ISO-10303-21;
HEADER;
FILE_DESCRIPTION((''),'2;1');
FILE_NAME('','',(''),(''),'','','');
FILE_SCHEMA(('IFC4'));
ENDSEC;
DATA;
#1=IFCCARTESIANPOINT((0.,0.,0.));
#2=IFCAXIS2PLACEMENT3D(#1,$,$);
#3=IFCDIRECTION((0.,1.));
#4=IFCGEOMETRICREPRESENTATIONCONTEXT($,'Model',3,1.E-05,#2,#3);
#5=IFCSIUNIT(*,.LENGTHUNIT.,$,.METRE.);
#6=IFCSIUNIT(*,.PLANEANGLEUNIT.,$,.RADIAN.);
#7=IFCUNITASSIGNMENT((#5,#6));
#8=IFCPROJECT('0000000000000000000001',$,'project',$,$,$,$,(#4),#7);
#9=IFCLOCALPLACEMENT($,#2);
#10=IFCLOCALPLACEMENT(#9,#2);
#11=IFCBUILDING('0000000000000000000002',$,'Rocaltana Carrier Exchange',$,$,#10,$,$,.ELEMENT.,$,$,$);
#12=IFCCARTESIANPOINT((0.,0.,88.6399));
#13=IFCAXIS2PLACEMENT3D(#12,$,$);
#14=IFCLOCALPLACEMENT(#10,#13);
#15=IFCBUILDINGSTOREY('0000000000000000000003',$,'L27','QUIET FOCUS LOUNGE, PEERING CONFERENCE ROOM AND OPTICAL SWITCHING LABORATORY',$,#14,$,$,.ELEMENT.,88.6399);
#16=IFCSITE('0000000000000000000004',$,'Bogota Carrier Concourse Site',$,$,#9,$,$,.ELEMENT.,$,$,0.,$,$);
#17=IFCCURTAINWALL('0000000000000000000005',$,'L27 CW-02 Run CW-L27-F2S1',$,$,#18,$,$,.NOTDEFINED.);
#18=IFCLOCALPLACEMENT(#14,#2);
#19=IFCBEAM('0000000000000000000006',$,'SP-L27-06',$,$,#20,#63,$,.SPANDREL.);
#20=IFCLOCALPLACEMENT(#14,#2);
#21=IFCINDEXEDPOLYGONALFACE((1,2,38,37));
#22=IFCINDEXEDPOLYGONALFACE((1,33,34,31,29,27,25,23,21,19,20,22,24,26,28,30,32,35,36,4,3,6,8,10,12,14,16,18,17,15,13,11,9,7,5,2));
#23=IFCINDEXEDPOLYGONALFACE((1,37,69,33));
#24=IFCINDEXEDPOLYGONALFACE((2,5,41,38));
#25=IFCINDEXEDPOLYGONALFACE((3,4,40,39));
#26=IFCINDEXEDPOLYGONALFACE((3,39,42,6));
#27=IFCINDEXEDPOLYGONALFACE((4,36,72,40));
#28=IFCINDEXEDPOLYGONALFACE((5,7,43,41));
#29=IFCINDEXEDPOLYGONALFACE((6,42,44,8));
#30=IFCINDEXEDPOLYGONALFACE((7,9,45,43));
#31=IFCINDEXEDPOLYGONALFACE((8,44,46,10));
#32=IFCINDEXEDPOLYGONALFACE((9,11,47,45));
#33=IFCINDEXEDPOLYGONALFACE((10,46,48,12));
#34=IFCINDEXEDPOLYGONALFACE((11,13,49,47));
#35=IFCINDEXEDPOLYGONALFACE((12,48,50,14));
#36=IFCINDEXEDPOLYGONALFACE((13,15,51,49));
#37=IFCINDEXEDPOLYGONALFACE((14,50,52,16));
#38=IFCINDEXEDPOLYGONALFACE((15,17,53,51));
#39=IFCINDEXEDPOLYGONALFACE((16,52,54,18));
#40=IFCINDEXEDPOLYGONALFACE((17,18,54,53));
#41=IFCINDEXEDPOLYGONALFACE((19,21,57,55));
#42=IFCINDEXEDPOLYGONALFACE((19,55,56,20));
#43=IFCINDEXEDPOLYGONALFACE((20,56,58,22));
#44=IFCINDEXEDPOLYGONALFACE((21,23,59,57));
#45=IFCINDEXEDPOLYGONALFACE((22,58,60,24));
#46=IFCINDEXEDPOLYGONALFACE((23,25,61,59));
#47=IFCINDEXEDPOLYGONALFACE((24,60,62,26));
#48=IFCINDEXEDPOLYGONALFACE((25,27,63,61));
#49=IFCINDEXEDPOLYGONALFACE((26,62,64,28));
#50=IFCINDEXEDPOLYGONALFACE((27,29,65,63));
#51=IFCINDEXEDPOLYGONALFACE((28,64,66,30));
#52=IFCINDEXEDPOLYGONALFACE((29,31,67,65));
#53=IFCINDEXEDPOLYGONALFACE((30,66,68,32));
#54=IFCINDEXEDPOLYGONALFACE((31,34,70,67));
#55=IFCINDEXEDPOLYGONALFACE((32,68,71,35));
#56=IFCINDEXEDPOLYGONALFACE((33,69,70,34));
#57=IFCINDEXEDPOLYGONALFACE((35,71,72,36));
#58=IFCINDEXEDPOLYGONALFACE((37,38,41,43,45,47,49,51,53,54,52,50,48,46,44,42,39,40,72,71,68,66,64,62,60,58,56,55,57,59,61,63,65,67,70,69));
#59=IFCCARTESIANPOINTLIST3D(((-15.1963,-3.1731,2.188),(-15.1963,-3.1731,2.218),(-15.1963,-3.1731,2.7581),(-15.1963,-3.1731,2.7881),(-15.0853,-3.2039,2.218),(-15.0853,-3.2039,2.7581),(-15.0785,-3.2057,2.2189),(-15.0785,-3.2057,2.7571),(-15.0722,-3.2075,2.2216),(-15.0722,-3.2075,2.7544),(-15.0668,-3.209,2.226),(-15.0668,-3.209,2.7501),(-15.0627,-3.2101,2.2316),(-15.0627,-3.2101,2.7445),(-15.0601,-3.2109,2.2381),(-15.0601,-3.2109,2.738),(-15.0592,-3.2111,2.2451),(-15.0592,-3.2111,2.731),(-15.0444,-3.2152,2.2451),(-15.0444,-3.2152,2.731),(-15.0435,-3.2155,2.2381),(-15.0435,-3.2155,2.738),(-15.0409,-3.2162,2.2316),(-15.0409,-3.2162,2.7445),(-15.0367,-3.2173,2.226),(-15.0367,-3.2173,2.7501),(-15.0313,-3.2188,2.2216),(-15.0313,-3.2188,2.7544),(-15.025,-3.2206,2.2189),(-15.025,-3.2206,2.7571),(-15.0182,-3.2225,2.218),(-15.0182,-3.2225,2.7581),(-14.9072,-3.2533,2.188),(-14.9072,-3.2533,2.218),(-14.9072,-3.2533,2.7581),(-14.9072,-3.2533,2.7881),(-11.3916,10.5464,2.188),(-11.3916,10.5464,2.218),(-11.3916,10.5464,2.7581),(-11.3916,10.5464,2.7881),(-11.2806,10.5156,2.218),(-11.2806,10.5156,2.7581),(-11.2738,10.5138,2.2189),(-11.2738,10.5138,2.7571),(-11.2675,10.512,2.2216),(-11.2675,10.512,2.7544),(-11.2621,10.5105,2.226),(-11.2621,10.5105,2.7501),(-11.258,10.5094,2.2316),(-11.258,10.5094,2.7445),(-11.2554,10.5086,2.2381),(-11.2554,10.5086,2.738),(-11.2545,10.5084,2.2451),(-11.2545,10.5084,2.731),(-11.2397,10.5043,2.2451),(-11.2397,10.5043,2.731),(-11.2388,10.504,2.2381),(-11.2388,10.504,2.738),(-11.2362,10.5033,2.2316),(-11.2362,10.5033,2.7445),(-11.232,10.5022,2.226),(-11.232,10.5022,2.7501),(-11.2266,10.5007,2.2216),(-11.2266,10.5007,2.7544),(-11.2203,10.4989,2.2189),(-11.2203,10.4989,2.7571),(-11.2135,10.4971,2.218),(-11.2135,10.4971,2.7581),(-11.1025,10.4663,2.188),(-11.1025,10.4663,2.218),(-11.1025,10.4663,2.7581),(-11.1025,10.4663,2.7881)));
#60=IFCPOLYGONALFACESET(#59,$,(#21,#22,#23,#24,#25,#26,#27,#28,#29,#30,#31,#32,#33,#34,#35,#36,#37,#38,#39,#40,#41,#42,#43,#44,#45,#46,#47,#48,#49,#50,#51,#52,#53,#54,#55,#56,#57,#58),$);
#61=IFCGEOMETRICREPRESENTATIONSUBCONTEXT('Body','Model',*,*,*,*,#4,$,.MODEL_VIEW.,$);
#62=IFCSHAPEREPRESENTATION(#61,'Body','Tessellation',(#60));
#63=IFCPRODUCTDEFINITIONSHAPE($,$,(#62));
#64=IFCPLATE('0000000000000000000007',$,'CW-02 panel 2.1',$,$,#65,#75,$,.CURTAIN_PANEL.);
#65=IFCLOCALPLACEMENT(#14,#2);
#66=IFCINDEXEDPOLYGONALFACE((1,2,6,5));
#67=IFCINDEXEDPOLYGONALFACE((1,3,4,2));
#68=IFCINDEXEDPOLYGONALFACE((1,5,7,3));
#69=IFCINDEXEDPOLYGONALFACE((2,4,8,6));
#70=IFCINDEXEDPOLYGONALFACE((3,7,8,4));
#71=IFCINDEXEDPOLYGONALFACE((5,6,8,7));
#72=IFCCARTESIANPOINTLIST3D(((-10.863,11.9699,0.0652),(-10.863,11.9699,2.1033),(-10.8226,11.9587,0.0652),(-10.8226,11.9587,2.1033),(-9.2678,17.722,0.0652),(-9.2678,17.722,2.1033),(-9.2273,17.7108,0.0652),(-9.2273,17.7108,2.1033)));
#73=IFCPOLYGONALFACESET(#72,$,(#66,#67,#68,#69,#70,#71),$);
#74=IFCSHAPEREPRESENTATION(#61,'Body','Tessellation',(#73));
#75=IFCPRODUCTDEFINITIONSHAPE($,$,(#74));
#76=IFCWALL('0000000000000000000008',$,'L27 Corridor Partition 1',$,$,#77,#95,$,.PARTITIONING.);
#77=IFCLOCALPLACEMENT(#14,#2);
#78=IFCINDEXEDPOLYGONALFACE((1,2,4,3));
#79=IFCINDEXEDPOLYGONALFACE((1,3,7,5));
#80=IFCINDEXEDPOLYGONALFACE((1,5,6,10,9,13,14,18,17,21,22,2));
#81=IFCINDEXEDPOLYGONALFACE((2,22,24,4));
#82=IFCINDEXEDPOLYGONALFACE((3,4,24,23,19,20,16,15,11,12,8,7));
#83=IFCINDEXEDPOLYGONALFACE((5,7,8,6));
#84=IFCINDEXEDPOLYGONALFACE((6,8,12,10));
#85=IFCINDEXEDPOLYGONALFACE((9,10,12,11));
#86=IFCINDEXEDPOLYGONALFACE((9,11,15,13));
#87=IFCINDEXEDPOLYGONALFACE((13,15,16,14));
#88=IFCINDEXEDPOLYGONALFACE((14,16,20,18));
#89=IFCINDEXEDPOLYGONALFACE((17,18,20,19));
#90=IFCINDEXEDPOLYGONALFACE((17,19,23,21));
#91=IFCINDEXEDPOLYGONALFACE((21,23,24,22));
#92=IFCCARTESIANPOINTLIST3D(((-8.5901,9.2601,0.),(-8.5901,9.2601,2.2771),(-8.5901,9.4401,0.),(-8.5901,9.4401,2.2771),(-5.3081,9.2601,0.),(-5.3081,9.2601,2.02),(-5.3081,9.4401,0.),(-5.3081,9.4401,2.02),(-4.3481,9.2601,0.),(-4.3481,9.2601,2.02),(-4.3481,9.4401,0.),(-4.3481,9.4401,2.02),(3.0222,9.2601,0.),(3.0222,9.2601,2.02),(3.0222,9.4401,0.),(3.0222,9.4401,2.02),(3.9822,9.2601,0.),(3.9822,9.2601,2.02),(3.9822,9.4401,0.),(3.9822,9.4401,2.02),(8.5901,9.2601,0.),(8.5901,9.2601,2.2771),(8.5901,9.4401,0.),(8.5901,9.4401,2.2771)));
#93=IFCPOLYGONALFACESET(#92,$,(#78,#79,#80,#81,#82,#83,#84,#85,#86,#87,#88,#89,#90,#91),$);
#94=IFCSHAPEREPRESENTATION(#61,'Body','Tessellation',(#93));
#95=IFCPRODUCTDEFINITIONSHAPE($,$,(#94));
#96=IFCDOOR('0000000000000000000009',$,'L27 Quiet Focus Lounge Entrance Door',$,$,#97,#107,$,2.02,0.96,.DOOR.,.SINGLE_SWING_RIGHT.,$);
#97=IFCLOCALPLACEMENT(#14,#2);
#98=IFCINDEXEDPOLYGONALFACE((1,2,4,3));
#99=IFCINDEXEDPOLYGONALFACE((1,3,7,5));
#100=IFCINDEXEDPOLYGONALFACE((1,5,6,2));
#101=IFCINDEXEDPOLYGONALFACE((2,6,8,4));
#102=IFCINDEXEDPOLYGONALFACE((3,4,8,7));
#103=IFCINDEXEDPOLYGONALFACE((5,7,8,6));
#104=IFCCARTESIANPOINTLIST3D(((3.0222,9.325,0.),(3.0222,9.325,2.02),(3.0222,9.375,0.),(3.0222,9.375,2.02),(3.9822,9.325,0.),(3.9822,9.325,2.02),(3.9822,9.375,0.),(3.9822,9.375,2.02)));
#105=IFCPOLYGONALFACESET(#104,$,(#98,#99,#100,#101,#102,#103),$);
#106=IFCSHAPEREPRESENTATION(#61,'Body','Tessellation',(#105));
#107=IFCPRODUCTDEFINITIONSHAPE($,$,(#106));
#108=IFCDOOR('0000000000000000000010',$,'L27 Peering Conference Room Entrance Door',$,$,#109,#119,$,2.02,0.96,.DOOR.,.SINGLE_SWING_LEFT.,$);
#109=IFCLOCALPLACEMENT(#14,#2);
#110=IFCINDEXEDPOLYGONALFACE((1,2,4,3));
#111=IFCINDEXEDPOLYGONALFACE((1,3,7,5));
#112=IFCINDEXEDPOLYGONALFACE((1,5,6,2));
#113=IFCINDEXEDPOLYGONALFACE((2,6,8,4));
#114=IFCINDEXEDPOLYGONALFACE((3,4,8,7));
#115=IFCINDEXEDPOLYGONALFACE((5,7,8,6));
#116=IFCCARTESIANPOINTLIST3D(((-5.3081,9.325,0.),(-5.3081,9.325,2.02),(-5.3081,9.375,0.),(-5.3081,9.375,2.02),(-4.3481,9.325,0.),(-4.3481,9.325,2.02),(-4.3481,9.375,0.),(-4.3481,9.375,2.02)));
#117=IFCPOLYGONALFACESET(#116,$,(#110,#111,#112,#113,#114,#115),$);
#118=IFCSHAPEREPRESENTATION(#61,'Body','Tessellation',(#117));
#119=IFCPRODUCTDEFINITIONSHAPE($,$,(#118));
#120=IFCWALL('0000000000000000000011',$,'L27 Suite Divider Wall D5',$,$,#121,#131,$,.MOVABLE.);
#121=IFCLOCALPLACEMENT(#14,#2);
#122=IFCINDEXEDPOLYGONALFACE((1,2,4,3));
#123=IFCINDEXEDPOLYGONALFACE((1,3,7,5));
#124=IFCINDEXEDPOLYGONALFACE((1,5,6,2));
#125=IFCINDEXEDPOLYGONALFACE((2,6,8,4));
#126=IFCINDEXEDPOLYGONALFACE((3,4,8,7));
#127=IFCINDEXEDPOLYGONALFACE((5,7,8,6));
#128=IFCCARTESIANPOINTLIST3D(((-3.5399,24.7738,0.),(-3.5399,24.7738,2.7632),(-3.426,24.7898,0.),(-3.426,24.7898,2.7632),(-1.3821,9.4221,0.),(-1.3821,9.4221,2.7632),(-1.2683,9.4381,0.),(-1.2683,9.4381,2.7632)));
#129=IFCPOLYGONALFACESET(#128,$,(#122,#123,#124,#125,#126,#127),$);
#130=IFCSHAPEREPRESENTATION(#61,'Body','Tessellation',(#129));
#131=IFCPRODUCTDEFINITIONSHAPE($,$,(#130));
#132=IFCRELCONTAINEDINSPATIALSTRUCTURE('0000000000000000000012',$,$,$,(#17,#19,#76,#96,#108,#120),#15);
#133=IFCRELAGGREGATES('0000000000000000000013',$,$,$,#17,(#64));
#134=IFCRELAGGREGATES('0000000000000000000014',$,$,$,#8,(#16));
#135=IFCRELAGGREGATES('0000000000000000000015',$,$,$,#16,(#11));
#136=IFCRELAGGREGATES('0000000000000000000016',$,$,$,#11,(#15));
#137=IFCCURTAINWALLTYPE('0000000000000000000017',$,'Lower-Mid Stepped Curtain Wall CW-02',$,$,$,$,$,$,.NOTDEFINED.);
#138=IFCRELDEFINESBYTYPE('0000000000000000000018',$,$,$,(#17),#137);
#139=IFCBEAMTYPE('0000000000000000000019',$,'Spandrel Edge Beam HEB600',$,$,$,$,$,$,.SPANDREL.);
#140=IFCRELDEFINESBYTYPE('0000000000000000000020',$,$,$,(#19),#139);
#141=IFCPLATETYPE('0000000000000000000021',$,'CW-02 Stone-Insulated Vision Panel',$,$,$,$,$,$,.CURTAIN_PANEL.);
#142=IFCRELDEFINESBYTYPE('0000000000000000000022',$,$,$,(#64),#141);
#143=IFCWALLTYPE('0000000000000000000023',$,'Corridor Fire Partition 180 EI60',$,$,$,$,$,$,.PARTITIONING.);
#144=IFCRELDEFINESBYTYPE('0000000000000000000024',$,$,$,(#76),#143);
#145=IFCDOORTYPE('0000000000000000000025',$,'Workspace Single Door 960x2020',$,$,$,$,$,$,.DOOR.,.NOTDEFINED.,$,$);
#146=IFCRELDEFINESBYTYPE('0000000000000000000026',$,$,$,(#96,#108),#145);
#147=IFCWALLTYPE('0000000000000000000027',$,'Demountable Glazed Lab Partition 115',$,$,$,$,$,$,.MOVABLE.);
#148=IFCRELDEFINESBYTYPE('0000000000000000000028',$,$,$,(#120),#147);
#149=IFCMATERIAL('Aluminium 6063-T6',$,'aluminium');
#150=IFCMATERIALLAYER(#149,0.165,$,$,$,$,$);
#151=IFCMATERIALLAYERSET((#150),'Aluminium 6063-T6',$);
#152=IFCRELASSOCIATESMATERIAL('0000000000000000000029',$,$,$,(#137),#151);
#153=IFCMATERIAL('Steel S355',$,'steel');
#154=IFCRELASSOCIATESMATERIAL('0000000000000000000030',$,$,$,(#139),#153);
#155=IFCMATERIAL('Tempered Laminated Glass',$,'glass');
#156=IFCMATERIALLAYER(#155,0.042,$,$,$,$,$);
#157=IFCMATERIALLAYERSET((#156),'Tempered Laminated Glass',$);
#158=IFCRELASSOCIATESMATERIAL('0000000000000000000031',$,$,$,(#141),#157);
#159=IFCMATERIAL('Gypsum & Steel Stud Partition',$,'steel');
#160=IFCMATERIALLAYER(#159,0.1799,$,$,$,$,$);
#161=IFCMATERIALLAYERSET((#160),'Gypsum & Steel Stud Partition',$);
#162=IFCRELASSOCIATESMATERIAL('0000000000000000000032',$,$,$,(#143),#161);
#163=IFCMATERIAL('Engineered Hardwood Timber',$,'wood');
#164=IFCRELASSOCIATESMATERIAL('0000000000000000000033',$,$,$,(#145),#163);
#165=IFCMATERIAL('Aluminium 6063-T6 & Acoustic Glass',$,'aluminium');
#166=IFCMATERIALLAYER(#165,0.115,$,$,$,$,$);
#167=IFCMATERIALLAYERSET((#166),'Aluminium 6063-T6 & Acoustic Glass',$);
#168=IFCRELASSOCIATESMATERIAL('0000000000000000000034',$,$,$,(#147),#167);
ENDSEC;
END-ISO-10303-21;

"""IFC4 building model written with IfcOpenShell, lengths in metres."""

from ifc_helpers import new_model, si_unit, direction, frame, frame_2d, origin, origin_2d, place, context, subcontext, project, spatial, rectangle, i_section, extrude, material, layer, layer_set, material_profile, profile_set, type_object, element, fill, aggregate, save


model = new_model("IFC4")

# Units and contexts
model_context = context("Model", 3, precision=1e-05, world=origin(), true_north=direction((0.0, 1.0)))
body_context = subcontext(model_context, "Body", "Model", "MODEL_VIEW")
ifc_project = project(units=[si_unit("LENGTHUNIT", "METRE"), si_unit("PLANEANGLEUNIT", "RADIAN")], contexts=[model_context])

# Site, building, storey
site_placement = place(None, origin())
site = spatial("IfcSite", under=ifc_project, at=site_placement, Name="Bogota Carrier Concourse Site", CompositionType="ELEMENT", RefElevation=0.0)
building_placement = place(site_placement, origin())
building = spatial("IfcBuilding", under=site, at=building_placement, Name="Rocaltana Carrier Exchange", CompositionType="ELEMENT")
storey_placement = place(building_placement, frame((0.0, 0.0, 88.6399)))
storey = spatial("IfcBuildingStorey", under=building, at=storey_placement, Name="L27", Description="QUIET FOCUS LOUNGE, PEERING CONFERENCE ROOM AND OPTICAL SWITCHING LABORATORY", CompositionType="ELEMENT", Elevation=88.6399)

# Curtain wall
ifc_material_1 = material(Name="Aluminium 6063-T6", Category="aluminium")
ifc_layer_1 = layer(ifc_material_1, 0.165)
ifc_layer_set_1 = layer_set([ifc_layer_1], Name="Aluminium 6063-T6")
curtain_wall_type = type_object("IfcCurtainWallType", Name="Lower-Mid Stepped Curtain Wall CW-02", PredefinedType="NOTDEFINED", material=ifc_layer_set_1)
curtain_wall_1_placement = place(storey_placement, origin())
curtain_wall_1 = element("IfcCurtainWall", 1, at=curtain_wall_1_placement, inside=storey, type_object=curtain_wall_type, Name="L27 CW-02 Run CW-L27-F2S1", PredefinedType="NOTDEFINED")

# Beam
ifc_material_2 = material(Name="Steel S355", Category="steel")
ifc_material_profile_1 = material_profile(ifc_material_2, i_section(OverallWidth=0.3, OverallDepth=0.6001, WebThickness=0.0154, FlangeThickness=0.03, FilletRadius=0.0271, at=origin_2d()), Name="HEB600")
ifc_profile_set_1 = profile_set([ifc_material_profile_1], Name="Steel S355")
beam_type_1 = type_object("IfcBeamType", Name="Spandrel Edge Beam HEB600", PredefinedType="SPANDREL", material=ifc_profile_set_1)
beam_1_placement = place(storey_placement, frame((-11.2471, 10.5063, 2.488), z_axis=(-0.267234, -0.963632, 0.0), x_axis=(0.963632, -0.267234, 0.0)))
element("IfcBeam", 2, at=beam_1_placement, inside=storey, type_object=beam_type_1, Name="SP-L27-06", PredefinedType="SPANDREL", context=body_context, shape_type="SweptSolid", body=[
    extrude(i_section(OverallWidth=0.3, OverallDepth=0.6001, WebThickness=0.0154, FlangeThickness=0.03, FilletRadius=0.0271, at=origin_2d()), origin(), (0.0, 0.0, 1.0), 14.2373),
])

# Plate
ifc_material_3 = material(Name="Tempered Laminated Glass", Category="glass")
ifc_layer_2 = layer(ifc_material_3, 0.042)
ifc_layer_set_2 = layer_set([ifc_layer_2], Name="Tempered Laminated Glass")
plate_type = type_object("IfcPlateType", Name="CW-02 Stone-Insulated Vision Panel", PredefinedType="CURTAIN_PANEL", material=ifc_layer_set_2)
plate_placement = place(storey_placement, frame((-10.0452, 14.8403, 0.0652), z_axis=(0.0, 0.0, 1.0), x_axis=(-0.267246, -0.963628, 0.0)))
plate = element("IfcPlate", 3, at=plate_placement, type_object=plate_type, Name="CW-02 panel 2.1", PredefinedType="CURTAIN_PANEL", context=body_context, shape_type="SweptSolid", body=[
    extrude(rectangle(XDim=5.9692, YDim=0.042, at=origin_2d()), origin(), (0.0, 0.0, 1.0), 2.0381),
])
aggregate(curtain_wall_1, [plate])

# Wall, openings, doors
ifc_material_4 = material(Name="Gypsum & Steel Stud Partition", Category="steel")
ifc_layer_3 = layer(ifc_material_4, 0.1799)
ifc_layer_set_3 = layer_set([ifc_layer_3], Name="Gypsum & Steel Stud Partition")
wall_type_1 = type_object("IfcWallType", Name="Corridor Fire Partition 180 EI60", PredefinedType="PARTITIONING", material=ifc_layer_set_3)
wall_1_placement = place(storey_placement, frame((-8.5901, 9.3501, 0.0), z_axis=(0.0, 0.0, 1.0), x_axis=(1.0, 0.0, 0.0)))
wall_1 = element("IfcWall", 4, at=wall_1_placement, inside=storey, type_object=wall_type_1, Name="L27 Corridor Partition 1", PredefinedType="PARTITIONING", context=body_context, shape_type="SweptSolid", body=[
    extrude(rectangle(XDim=17.1802, YDim=0.1799, at=frame_2d((8.5901, 0.0))), origin(), (0.0, 0.0, 1.0), 2.2771),
])
opening_1_placement = place(wall_1_placement, frame((11.6123, 0.0, 0.0)))
opening_1 = element("IfcOpeningElement", 5, at=opening_1_placement, cuts=wall_1, PredefinedType="OPENING", context=body_context, shape_type="SweptSolid", body=[
    extrude(rectangle(XDim=0.96, YDim=2.02, at=frame_2d((0.48, 1.01))), frame((0.0, 0.0999, 0.0), z_axis=(0.0, -1.0, 0.0), x_axis=(1.0, 0.0, 0.0)), (0.0, 0.0, 1.0), 0.2),
])
opening_2_placement = place(wall_1_placement, frame((3.282, 0.0, 0.0)))
opening_2 = element("IfcOpeningElement", 6, at=opening_2_placement, cuts=wall_1, PredefinedType="OPENING", context=body_context, shape_type="SweptSolid", body=[
    extrude(rectangle(XDim=0.96, YDim=2.02, at=frame_2d((0.48, 1.01))), frame((0.0, 0.0999, 0.0), z_axis=(0.0, -1.0, 0.0), x_axis=(1.0, 0.0, 0.0)), (0.0, 0.0, 1.0), 0.2),
])
ifc_material_5 = material(Name="Engineered Hardwood Timber", Category="wood")
door_type_1 = type_object("IfcDoorType", Name="Workspace Single Door 960x2020", OperationType="NOTDEFINED", PredefinedType="DOOR", material=ifc_material_5)
door_1_placement = place(opening_1_placement, origin())
door_1 = element("IfcDoor", 7, at=door_1_placement, inside=storey, type_object=door_type_1, Name="L27 Quiet Focus Lounge Entrance Door", OperationType="SINGLE_SWING_RIGHT", OverallHeight=2.02, OverallWidth=0.96, PredefinedType="DOOR", context=body_context, shape_type="SweptSolid", body=[
    extrude(rectangle(XDim=0.96, YDim=2.02, at=frame_2d((0.48, 1.01))), frame((0.0, 0.0249, 0.0), z_axis=(0.0, -1.0, 0.0), x_axis=(1.0, 0.0, 0.0)), (0.0, 0.0, 1.0), 0.05),
])
fill(opening_1, door_1)
door_2_placement = place(opening_2_placement, origin())
door_2 = element("IfcDoor", 8, at=door_2_placement, inside=storey, type_object=door_type_1, Name="L27 Peering Conference Room Entrance Door", OperationType="SINGLE_SWING_LEFT", OverallHeight=2.02, OverallWidth=0.96, PredefinedType="DOOR", context=body_context, shape_type="SweptSolid", body=[
    extrude(rectangle(XDim=0.96, YDim=2.02, at=frame_2d((0.48, 1.01))), frame((0.0, 0.0249, 0.0), z_axis=(0.0, -1.0, 0.0), x_axis=(1.0, 0.0, 0.0)), (0.0, 0.0, 1.0), 0.05),
])
fill(opening_2, door_2)

# Wall
ifc_material_6 = material(Name="Aluminium 6063-T6 & Acoustic Glass", Category="aluminium")
ifc_layer_4 = layer(ifc_material_6, 0.115)
ifc_layer_set_4 = layer_set([ifc_layer_4], Name="Aluminium 6063-T6 & Acoustic Glass")
wall_type_2 = type_object("IfcWallType", Name="Demountable Glazed Lab Partition 115", PredefinedType="MOVABLE", material=ifc_layer_set_4)
wall_2_placement = place(storey_placement, frame((-1.3252, 9.4299, 0.0), z_axis=(0.0, 0.0, 1.0), x_axis=(-0.139183, 0.990267, 0.0)))
element("IfcWall", 9, at=wall_2_placement, inside=storey, type_object=wall_type_2, Name="L27 Suite Divider Wall D5", PredefinedType="MOVABLE", context=body_context, shape_type="SweptSolid", body=[
    extrude(rectangle(XDim=15.5027, YDim=0.115, at=frame_2d((7.7515, 0.0))), origin(), (0.0, 0.0, 1.0), 2.7632),
])

save(model, "model.ifc")
